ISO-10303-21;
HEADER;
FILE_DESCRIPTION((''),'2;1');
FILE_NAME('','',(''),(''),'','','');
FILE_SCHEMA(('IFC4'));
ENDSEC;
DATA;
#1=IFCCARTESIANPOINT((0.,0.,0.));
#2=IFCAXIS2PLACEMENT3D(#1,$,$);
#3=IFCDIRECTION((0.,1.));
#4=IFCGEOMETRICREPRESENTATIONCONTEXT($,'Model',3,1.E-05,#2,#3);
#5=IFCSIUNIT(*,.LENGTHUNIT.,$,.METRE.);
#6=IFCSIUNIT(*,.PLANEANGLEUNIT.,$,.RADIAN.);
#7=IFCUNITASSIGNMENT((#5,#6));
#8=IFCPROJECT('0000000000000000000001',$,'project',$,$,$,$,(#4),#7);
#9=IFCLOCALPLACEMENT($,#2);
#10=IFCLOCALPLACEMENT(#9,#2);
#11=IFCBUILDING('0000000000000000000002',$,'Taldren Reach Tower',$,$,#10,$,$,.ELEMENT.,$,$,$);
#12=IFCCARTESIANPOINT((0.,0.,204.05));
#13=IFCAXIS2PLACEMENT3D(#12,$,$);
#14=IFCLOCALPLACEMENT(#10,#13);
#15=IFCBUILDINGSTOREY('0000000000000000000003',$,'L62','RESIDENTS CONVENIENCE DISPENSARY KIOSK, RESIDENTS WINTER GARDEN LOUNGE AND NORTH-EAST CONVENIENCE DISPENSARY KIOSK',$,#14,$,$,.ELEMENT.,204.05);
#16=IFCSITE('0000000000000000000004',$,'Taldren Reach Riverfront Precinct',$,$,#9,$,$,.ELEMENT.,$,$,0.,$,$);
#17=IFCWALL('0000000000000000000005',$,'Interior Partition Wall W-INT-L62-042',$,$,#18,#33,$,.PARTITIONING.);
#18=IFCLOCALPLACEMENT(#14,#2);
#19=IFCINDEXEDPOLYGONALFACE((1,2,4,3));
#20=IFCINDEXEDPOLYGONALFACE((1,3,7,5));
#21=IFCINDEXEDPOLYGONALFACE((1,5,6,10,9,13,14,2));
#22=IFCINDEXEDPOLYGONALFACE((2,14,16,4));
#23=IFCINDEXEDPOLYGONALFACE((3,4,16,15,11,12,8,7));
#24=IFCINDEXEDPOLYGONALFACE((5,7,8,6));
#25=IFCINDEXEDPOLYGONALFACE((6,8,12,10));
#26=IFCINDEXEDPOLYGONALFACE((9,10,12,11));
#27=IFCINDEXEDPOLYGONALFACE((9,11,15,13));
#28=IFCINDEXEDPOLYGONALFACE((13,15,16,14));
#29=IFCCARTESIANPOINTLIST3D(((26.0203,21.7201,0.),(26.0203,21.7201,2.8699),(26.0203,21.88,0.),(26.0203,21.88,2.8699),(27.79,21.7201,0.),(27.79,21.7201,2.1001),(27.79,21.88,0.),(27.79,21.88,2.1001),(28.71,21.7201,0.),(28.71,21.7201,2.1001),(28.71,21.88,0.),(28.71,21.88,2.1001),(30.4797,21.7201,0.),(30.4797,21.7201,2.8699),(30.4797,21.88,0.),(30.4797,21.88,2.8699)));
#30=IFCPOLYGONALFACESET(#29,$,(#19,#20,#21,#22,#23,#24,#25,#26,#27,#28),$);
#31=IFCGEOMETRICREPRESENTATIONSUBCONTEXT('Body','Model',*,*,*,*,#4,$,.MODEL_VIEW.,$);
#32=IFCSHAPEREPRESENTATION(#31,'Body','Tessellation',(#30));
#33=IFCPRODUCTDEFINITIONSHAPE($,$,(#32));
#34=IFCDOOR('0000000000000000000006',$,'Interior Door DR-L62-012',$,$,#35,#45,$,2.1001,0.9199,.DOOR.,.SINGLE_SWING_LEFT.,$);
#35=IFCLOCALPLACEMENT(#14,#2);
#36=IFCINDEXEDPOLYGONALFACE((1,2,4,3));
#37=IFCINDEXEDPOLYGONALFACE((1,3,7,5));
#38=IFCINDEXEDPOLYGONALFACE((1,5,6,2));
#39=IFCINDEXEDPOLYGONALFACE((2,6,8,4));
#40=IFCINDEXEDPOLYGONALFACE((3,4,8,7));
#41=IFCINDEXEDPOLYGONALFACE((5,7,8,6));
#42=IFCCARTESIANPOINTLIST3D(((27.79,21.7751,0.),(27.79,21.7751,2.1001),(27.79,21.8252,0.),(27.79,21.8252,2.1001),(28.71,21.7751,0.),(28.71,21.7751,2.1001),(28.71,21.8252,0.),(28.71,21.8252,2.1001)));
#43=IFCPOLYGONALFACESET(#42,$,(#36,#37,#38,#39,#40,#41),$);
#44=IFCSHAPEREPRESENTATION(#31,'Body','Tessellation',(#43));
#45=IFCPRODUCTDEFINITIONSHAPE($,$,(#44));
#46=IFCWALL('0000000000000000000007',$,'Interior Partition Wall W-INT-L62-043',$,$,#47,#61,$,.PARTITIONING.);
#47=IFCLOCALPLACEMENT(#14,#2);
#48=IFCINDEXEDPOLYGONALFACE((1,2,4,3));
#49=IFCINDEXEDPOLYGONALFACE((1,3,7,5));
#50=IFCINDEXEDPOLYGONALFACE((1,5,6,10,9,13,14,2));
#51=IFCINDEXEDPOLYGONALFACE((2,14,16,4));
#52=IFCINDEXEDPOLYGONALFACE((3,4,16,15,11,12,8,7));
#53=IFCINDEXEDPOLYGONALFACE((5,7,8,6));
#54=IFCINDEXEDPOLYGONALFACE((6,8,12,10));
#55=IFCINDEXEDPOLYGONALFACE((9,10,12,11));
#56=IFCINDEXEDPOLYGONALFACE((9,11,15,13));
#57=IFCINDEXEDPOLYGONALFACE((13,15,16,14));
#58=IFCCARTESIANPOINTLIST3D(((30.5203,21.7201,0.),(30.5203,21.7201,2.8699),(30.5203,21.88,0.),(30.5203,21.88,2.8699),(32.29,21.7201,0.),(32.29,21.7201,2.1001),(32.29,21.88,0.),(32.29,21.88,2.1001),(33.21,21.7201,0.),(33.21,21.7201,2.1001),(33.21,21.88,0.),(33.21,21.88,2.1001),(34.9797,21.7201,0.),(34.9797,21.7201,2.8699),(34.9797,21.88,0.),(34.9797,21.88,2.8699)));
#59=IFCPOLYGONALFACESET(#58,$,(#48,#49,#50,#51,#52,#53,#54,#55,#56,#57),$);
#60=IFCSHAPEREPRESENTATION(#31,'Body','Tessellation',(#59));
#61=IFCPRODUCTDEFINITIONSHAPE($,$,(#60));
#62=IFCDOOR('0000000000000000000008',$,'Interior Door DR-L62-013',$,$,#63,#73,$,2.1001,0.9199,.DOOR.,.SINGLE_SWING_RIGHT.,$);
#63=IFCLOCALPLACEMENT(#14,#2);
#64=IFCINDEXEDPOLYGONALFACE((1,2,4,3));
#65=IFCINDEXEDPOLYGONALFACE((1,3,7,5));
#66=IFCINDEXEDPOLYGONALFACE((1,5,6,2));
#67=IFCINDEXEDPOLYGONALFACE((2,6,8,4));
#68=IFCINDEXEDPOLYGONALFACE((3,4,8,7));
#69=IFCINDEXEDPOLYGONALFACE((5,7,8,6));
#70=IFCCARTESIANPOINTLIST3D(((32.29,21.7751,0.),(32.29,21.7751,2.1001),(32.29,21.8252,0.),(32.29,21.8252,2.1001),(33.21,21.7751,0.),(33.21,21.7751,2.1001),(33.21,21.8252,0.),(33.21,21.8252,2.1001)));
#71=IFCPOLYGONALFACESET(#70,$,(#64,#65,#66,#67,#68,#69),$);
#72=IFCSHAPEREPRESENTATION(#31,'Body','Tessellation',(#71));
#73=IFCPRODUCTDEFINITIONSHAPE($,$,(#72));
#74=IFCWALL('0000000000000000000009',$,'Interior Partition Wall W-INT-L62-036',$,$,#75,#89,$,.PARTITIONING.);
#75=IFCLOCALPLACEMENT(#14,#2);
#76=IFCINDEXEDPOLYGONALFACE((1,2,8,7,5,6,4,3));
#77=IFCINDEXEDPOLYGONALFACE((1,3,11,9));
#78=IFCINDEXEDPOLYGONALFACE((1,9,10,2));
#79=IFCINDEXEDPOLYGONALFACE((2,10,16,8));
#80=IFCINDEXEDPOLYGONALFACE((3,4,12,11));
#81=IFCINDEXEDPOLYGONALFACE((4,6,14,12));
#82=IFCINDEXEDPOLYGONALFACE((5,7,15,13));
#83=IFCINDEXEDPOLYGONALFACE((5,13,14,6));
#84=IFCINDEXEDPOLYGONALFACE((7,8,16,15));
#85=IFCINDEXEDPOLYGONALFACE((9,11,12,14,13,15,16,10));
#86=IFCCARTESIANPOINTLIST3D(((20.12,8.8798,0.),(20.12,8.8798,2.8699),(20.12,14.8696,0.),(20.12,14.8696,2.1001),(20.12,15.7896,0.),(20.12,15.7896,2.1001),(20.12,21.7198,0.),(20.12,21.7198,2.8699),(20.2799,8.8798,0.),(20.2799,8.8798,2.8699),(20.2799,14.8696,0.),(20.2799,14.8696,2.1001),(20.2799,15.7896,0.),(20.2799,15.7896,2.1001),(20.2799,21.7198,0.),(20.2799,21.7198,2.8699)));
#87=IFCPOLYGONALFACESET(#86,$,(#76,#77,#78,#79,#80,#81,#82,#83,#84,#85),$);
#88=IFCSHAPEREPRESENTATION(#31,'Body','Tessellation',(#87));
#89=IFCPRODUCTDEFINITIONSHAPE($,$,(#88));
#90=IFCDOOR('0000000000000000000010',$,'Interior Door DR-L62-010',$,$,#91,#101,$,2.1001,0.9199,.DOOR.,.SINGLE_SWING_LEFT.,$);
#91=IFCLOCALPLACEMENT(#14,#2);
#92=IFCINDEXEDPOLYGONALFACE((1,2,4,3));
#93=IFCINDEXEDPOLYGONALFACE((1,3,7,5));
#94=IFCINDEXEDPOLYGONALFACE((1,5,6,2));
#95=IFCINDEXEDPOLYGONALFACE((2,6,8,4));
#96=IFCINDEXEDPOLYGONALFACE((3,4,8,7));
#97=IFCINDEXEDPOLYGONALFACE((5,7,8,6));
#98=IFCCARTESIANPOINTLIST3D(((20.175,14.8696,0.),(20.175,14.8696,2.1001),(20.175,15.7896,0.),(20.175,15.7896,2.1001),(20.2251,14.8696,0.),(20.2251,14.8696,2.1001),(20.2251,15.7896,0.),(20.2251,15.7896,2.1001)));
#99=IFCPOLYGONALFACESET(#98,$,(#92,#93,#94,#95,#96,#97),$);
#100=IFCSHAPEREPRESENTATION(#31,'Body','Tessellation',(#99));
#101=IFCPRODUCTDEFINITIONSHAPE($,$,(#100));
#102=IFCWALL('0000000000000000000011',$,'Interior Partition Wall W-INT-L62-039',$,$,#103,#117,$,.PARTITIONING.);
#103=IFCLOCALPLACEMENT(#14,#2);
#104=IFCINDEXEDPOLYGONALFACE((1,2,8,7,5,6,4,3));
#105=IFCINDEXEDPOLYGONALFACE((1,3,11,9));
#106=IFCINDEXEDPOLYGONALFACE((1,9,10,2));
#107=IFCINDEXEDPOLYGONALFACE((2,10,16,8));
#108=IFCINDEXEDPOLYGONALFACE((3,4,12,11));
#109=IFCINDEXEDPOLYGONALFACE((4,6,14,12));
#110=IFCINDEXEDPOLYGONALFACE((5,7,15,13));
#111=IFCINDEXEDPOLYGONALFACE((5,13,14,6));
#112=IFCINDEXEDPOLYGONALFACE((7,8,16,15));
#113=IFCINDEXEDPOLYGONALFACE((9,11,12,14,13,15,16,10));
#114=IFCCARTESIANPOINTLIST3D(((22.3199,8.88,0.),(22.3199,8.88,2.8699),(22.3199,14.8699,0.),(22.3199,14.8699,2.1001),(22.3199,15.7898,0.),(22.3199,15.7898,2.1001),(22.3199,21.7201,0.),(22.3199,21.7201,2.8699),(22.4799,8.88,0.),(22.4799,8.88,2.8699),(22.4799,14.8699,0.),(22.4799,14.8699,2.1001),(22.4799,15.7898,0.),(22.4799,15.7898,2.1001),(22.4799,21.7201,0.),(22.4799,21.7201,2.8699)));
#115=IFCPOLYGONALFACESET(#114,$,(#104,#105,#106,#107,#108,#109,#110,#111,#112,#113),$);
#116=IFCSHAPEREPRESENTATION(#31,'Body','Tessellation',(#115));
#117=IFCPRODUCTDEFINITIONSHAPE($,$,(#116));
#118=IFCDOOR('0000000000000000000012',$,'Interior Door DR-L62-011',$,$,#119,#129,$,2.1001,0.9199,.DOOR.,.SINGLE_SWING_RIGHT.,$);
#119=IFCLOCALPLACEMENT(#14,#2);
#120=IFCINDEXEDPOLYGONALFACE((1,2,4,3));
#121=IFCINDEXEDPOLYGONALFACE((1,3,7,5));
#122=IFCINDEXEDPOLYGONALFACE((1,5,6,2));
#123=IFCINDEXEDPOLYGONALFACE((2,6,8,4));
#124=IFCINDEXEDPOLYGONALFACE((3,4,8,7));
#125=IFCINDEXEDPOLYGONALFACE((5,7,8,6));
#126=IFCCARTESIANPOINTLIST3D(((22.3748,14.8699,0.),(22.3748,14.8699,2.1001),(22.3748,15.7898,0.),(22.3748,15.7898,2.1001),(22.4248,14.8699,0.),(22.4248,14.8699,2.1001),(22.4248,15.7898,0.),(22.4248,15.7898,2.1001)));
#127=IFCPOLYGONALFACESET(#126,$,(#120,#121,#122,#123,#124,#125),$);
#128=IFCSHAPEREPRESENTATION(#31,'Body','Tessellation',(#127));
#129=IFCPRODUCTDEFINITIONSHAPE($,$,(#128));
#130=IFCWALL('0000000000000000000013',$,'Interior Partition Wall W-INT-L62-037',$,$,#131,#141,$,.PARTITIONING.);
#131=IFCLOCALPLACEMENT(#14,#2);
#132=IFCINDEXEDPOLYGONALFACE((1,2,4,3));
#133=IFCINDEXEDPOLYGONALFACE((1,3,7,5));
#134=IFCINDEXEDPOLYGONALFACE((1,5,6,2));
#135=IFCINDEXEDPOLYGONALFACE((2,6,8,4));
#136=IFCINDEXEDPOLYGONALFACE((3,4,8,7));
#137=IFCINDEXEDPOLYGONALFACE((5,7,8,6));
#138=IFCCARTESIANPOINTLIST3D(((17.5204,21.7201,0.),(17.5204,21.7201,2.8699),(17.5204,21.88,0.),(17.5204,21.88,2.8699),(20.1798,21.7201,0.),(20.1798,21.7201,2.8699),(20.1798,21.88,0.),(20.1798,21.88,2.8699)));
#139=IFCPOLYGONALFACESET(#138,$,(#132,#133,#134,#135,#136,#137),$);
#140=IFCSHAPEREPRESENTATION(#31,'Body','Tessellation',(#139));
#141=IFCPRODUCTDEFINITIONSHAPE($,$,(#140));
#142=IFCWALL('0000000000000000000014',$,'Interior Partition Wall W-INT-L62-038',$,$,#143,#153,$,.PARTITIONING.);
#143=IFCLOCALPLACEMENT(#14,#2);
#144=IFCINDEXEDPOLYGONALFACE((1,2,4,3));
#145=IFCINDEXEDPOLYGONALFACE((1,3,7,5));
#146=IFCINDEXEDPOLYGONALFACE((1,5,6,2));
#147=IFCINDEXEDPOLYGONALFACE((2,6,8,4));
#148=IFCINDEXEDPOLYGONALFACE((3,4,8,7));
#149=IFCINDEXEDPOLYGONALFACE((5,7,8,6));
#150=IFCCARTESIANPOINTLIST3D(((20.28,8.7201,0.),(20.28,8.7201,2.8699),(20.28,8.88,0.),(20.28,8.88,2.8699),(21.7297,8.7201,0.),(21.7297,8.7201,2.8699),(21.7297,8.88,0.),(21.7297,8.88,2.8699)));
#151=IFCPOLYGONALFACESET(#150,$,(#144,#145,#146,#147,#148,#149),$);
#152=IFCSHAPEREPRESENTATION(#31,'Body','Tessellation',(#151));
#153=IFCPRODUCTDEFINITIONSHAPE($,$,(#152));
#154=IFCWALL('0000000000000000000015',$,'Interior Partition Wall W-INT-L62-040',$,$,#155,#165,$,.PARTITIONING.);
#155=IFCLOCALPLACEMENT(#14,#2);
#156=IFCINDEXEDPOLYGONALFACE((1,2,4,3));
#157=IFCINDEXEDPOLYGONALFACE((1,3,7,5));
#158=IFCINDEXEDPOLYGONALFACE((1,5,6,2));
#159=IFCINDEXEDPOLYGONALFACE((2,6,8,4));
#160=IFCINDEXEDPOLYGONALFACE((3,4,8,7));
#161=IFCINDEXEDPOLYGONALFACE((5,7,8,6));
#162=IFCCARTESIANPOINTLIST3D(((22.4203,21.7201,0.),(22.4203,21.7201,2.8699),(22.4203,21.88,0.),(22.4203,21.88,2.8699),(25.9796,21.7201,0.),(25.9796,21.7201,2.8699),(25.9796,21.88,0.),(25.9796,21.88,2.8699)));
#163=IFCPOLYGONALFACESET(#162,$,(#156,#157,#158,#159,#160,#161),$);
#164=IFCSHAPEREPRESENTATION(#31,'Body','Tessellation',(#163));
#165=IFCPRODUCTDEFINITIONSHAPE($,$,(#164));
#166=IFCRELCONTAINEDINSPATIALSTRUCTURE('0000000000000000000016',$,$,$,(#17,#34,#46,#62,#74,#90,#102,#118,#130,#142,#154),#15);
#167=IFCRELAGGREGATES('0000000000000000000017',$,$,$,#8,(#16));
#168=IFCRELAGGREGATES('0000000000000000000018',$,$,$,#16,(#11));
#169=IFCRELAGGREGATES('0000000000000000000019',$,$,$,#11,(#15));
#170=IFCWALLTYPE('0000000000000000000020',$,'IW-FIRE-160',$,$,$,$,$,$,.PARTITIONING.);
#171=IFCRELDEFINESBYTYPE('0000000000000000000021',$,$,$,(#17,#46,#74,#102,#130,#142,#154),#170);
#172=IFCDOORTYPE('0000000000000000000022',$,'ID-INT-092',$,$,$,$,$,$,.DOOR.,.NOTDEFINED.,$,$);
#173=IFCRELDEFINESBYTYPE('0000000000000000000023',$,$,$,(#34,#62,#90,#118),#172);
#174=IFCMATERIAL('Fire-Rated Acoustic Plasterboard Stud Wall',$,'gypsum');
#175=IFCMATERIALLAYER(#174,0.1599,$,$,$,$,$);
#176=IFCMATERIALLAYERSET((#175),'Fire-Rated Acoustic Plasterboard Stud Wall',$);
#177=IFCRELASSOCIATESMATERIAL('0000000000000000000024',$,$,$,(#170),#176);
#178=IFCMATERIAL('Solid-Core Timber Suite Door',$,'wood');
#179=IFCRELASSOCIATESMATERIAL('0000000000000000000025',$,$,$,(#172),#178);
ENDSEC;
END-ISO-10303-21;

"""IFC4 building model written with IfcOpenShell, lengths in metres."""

from ifc_helpers import new_model, si_unit, direction, frame, frame_2d, origin, place, context, subcontext, project, spatial, rectangle, extrude, source, transform, mapped, material, layer, layer_set, type_object, element, fill, save


model = new_model("IFC4")

# Units and contexts
model_context = context("Model", 3, precision=1e-05, world=origin(), true_north=direction((0.0, 1.0)))
body_context = subcontext(model_context, "Body", "Model", "MODEL_VIEW")
ifc_project = project(units=[si_unit("LENGTHUNIT", "METRE"), si_unit("PLANEANGLEUNIT", "RADIAN")], contexts=[model_context])

# Site, building, storey
site_placement = place(None, origin())
site = spatial("IfcSite", under=ifc_project, at=site_placement, Name="Taldren Reach Riverfront Precinct", CompositionType="ELEMENT", RefElevation=0.0)
building_placement = place(site_placement, origin())
building = spatial("IfcBuilding", under=site, at=building_placement, Name="Taldren Reach Tower", CompositionType="ELEMENT")
storey_placement = place(building_placement, frame((0.0, 0.0, 204.05)))
storey = spatial("IfcBuildingStorey", under=building, at=storey_placement, Name="L62", Description="RESIDENTS CONVENIENCE DISPENSARY KIOSK, RESIDENTS WINTER GARDEN LOUNGE AND NORTH-EAST CONVENIENCE DISPENSARY KIOSK", CompositionType="ELEMENT", Elevation=204.05)

# Walls, openings, doors
ifc_material_1 = material(Name="Fire-Rated Acoustic Plasterboard Stud Wall", Category="gypsum")
ifc_layer_1 = layer(ifc_material_1, 0.1599)
ifc_layer_set_1 = layer_set([ifc_layer_1], Name="Fire-Rated Acoustic Plasterboard Stud Wall")
wall_type_1 = type_object("IfcWallType", Name="IW-FIRE-160", PredefinedType="PARTITIONING", material=ifc_layer_set_1)
shared_shape_1 = source(origin(), body_context, "Body", "SweptSolid", [
    extrude(rectangle(XDim=4.4595, YDim=0.1599, at=frame_2d((2.2297, 0.0))), origin(), (0.0, 0.0, 1.0), 2.8699),
])
wall_1_placement = place(storey_placement, frame((30.4797, 21.8, 0.0), z_axis=(0.0, 0.0, 1.0), x_axis=(-1.0, 0.0, 0.0)))
wall_1 = element("IfcWall", 1, at=wall_1_placement, inside=storey, type_object=wall_type_1, Name="Interior Partition Wall W-INT-L62-042", PredefinedType="PARTITIONING", context=body_context, shape_type="MappedRepresentation", body=[
    mapped(shared_shape_1, transform((0.0, 0.0, 0.0), scale=1.0)),
])
shared_shape_2 = source(origin(), body_context, "Body", "SweptSolid", [
    extrude(rectangle(XDim=0.9199, YDim=2.1001, at=frame_2d((0.46, 1.05))), frame((0.0, 0.0898, 0.0), z_axis=(0.0, -1.0, 0.0), x_axis=(1.0, 0.0, 0.0)), (0.0, 0.0, 1.0), 0.1799),
])
opening_1_placement = place(wall_1_placement, frame((1.7698, 0.0, 0.0)))
opening_1 = element("IfcOpeningElement", 2, at=opening_1_placement, cuts=wall_1, PredefinedType="OPENING", context=body_context, shape_type="MappedRepresentation", body=[
    mapped(shared_shape_2, transform((0.0, 0.0, 0.0), scale=1.0)),
])
ifc_material_2 = material(Name="Solid-Core Timber Suite Door", Category="wood")
door_type = type_object("IfcDoorType", Name="ID-INT-092", OperationType="NOTDEFINED", PredefinedType="DOOR", material=ifc_material_2)
shared_shape_3 = source(origin(), body_context, "Body", "SweptSolid", [
    extrude(rectangle(XDim=0.9199, YDim=2.1001, at=frame_2d((0.46, 1.05))), frame((0.0, 0.0249, 0.0), z_axis=(0.0, -1.0, 0.0), x_axis=(1.0, 0.0, 0.0)), (0.0, 0.0, 1.0), 0.05),
])
door_1_placement = place(opening_1_placement, origin())
door_1 = element("IfcDoor", 3, at=door_1_placement, inside=storey, type_object=door_type, Name="Interior Door DR-L62-012", OperationType="SINGLE_SWING_LEFT", OverallHeight=2.1001, OverallWidth=0.9199, PredefinedType="DOOR", context=body_context, shape_type="MappedRepresentation", body=[
    mapped(shared_shape_3, transform((0.0, 0.0, 0.0), scale=1.0)),
])
fill(opening_1, door_1)
wall_2_placement = place(storey_placement, frame((34.9797, 21.8, 0.0), z_axis=(0.0, 0.0, 1.0), x_axis=(-1.0, 0.0, 0.0)))
wall_2 = element("IfcWall", 4, at=wall_2_placement, inside=storey, type_object=wall_type_1, Name="Interior Partition Wall W-INT-L62-043", PredefinedType="PARTITIONING", context=body_context, shape_type="MappedRepresentation", body=[
    mapped(shared_shape_1, transform((0.0, 0.0, 0.0), scale=1.0)),
])
opening_2_placement = place(wall_2_placement, frame((1.7698, 0.0, 0.0)))
opening_2 = element("IfcOpeningElement", 5, at=opening_2_placement, cuts=wall_2, PredefinedType="OPENING", context=body_context, shape_type="MappedRepresentation", body=[
    mapped(shared_shape_2, transform((0.0, 0.0, 0.0), scale=1.0)),
])
door_2_placement = place(opening_2_placement, origin())
door_2 = element("IfcDoor", 6, at=door_2_placement, inside=storey, type_object=door_type, Name="Interior Door DR-L62-013", OperationType="SINGLE_SWING_RIGHT", OverallHeight=2.1001, OverallWidth=0.9199, PredefinedType="DOOR", context=body_context, shape_type="MappedRepresentation", body=[
    mapped(shared_shape_3, transform((0.0, 0.0, 0.0), scale=1.0)),
])
fill(opening_2, door_2)
shared_shape_4 = source(origin(), body_context, "Body", "SweptSolid", [
    extrude(rectangle(XDim=12.8401, YDim=0.1599, at=frame_2d((6.4199, 0.0))), origin(), (0.0, 0.0, 1.0), 2.8699),
])
wall_3_placement = place(storey_placement, frame((20.2, 8.8799, 0.0), z_axis=(0.0, 0.0, 1.0), x_axis=(0.0, 1.0, 0.0)))
wall_3 = element("IfcWall", 7, at=wall_3_placement, inside=storey, type_object=wall_type_1, Name="Interior Partition Wall W-INT-L62-036", PredefinedType="PARTITIONING", context=body_context, shape_type="MappedRepresentation", body=[
    mapped(shared_shape_4, transform((0.0, 0.0, 0.0), scale=1.0)),
])
opening_3_placement = place(wall_3_placement, frame((5.9897, 0.0, 0.0)))
opening_3 = element("IfcOpeningElement", 8, at=opening_3_placement, cuts=wall_3, PredefinedType="OPENING", context=body_context, shape_type="MappedRepresentation", body=[
    mapped(shared_shape_2, transform((0.0, 0.0, 0.0), scale=1.0)),
])
door_3_placement = place(opening_3_placement, origin())
door_3 = element("IfcDoor", 9, at=door_3_placement, inside=storey, type_object=door_type, Name="Interior Door DR-L62-010", OperationType="SINGLE_SWING_LEFT", OverallHeight=2.1001, OverallWidth=0.9199, PredefinedType="DOOR", context=body_context, shape_type="MappedRepresentation", body=[
    mapped(shared_shape_3, transform((0.0, 0.0, 0.0), scale=1.0)),
])
fill(opening_3, door_3)
wall_4_placement = place(storey_placement, frame((22.3999, 21.72, 0.0), z_axis=(0.0, 0.0, 1.0), x_axis=(0.0, -1.0, 0.0)))
wall_4 = element("IfcWall", 10, at=wall_4_placement, inside=storey, type_object=wall_type_1, Name="Interior Partition Wall W-INT-L62-039", PredefinedType="PARTITIONING", context=body_context, shape_type="MappedRepresentation", body=[
    mapped(shared_shape_4, transform((0.0, 0.0, 0.0), scale=1.0)),
])
opening_4_placement = place(wall_4_placement, frame((5.9302, 0.0, 0.0)))
opening_4 = element("IfcOpeningElement", 11, at=opening_4_placement, cuts=wall_4, PredefinedType="OPENING", context=body_context, shape_type="MappedRepresentation", body=[
    mapped(shared_shape_2, transform((0.0, 0.0, 0.0), scale=1.0)),
])
door_4_placement = place(opening_4_placement, origin())
door_4 = element("IfcDoor", 12, at=door_4_placement, inside=storey, type_object=door_type, Name="Interior Door DR-L62-011", OperationType="SINGLE_SWING_RIGHT", OverallHeight=2.1001, OverallWidth=0.9199, PredefinedType="DOOR", context=body_context, shape_type="MappedRepresentation", body=[
    mapped(shared_shape_3, transform((0.0, 0.0, 0.0), scale=1.0)),
])
fill(opening_4, door_4)

# Walls
shared_shape_5 = source(origin(), body_context, "Body", "SweptSolid", [
    extrude(rectangle(XDim=2.6594, YDim=0.1599, at=frame_2d((1.3296, 0.0))), origin(), (0.0, 0.0, 1.0), 2.8699),
])
wall_5_placement = place(storey_placement, frame((20.1797, 21.8, 0.0), z_axis=(0.0, 0.0, 1.0), x_axis=(-1.0, 0.0, 0.0)))
element("IfcWall", 13, at=wall_5_placement, inside=storey, type_object=wall_type_1, Name="Interior Partition Wall W-INT-L62-037", PredefinedType="PARTITIONING", context=body_context, shape_type="MappedRepresentation", body=[
    mapped(shared_shape_5, transform((0.0, 0.0, 0.0), scale=1.0)),
])
shared_shape_6 = source(origin(), body_context, "Body", "SweptSolid", [
    extrude(rectangle(XDim=1.4497, YDim=0.1599, at=frame_2d((0.7249, 0.0))), origin(), (0.0, 0.0, 1.0), 2.8699),
])
wall_6_placement = place(storey_placement, frame((21.7297, 8.8, 0.0), z_axis=(0.0, 0.0, 1.0), x_axis=(-1.0, 0.0, 0.0)))
element("IfcWall", 14, at=wall_6_placement, inside=storey, type_object=wall_type_1, Name="Interior Partition Wall W-INT-L62-038", PredefinedType="PARTITIONING", context=body_context, shape_type="MappedRepresentation", body=[
    mapped(shared_shape_6, transform((0.0, 0.0, 0.0), scale=1.0)),
])
shared_shape_7 = source(origin(), body_context, "Body", "SweptSolid", [
    extrude(rectangle(XDim=3.5593, YDim=0.1599, at=frame_2d((1.7798, 0.0))), origin(), (0.0, 0.0, 1.0), 2.8699),
])
wall_7_placement = place(storey_placement, frame((25.9797, 21.8, 0.0), z_axis=(0.0, 0.0, 1.0), x_axis=(-1.0, 0.0, 0.0)))
element("IfcWall", 15, at=wall_7_placement, inside=storey, type_object=wall_type_1, Name="Interior Partition Wall W-INT-L62-040", PredefinedType="PARTITIONING", context=body_context, shape_type="MappedRepresentation", body=[
    mapped(shared_shape_7, transform((0.0, 0.0, 0.0), scale=1.0)),
])

save(model, "model.ifc")
